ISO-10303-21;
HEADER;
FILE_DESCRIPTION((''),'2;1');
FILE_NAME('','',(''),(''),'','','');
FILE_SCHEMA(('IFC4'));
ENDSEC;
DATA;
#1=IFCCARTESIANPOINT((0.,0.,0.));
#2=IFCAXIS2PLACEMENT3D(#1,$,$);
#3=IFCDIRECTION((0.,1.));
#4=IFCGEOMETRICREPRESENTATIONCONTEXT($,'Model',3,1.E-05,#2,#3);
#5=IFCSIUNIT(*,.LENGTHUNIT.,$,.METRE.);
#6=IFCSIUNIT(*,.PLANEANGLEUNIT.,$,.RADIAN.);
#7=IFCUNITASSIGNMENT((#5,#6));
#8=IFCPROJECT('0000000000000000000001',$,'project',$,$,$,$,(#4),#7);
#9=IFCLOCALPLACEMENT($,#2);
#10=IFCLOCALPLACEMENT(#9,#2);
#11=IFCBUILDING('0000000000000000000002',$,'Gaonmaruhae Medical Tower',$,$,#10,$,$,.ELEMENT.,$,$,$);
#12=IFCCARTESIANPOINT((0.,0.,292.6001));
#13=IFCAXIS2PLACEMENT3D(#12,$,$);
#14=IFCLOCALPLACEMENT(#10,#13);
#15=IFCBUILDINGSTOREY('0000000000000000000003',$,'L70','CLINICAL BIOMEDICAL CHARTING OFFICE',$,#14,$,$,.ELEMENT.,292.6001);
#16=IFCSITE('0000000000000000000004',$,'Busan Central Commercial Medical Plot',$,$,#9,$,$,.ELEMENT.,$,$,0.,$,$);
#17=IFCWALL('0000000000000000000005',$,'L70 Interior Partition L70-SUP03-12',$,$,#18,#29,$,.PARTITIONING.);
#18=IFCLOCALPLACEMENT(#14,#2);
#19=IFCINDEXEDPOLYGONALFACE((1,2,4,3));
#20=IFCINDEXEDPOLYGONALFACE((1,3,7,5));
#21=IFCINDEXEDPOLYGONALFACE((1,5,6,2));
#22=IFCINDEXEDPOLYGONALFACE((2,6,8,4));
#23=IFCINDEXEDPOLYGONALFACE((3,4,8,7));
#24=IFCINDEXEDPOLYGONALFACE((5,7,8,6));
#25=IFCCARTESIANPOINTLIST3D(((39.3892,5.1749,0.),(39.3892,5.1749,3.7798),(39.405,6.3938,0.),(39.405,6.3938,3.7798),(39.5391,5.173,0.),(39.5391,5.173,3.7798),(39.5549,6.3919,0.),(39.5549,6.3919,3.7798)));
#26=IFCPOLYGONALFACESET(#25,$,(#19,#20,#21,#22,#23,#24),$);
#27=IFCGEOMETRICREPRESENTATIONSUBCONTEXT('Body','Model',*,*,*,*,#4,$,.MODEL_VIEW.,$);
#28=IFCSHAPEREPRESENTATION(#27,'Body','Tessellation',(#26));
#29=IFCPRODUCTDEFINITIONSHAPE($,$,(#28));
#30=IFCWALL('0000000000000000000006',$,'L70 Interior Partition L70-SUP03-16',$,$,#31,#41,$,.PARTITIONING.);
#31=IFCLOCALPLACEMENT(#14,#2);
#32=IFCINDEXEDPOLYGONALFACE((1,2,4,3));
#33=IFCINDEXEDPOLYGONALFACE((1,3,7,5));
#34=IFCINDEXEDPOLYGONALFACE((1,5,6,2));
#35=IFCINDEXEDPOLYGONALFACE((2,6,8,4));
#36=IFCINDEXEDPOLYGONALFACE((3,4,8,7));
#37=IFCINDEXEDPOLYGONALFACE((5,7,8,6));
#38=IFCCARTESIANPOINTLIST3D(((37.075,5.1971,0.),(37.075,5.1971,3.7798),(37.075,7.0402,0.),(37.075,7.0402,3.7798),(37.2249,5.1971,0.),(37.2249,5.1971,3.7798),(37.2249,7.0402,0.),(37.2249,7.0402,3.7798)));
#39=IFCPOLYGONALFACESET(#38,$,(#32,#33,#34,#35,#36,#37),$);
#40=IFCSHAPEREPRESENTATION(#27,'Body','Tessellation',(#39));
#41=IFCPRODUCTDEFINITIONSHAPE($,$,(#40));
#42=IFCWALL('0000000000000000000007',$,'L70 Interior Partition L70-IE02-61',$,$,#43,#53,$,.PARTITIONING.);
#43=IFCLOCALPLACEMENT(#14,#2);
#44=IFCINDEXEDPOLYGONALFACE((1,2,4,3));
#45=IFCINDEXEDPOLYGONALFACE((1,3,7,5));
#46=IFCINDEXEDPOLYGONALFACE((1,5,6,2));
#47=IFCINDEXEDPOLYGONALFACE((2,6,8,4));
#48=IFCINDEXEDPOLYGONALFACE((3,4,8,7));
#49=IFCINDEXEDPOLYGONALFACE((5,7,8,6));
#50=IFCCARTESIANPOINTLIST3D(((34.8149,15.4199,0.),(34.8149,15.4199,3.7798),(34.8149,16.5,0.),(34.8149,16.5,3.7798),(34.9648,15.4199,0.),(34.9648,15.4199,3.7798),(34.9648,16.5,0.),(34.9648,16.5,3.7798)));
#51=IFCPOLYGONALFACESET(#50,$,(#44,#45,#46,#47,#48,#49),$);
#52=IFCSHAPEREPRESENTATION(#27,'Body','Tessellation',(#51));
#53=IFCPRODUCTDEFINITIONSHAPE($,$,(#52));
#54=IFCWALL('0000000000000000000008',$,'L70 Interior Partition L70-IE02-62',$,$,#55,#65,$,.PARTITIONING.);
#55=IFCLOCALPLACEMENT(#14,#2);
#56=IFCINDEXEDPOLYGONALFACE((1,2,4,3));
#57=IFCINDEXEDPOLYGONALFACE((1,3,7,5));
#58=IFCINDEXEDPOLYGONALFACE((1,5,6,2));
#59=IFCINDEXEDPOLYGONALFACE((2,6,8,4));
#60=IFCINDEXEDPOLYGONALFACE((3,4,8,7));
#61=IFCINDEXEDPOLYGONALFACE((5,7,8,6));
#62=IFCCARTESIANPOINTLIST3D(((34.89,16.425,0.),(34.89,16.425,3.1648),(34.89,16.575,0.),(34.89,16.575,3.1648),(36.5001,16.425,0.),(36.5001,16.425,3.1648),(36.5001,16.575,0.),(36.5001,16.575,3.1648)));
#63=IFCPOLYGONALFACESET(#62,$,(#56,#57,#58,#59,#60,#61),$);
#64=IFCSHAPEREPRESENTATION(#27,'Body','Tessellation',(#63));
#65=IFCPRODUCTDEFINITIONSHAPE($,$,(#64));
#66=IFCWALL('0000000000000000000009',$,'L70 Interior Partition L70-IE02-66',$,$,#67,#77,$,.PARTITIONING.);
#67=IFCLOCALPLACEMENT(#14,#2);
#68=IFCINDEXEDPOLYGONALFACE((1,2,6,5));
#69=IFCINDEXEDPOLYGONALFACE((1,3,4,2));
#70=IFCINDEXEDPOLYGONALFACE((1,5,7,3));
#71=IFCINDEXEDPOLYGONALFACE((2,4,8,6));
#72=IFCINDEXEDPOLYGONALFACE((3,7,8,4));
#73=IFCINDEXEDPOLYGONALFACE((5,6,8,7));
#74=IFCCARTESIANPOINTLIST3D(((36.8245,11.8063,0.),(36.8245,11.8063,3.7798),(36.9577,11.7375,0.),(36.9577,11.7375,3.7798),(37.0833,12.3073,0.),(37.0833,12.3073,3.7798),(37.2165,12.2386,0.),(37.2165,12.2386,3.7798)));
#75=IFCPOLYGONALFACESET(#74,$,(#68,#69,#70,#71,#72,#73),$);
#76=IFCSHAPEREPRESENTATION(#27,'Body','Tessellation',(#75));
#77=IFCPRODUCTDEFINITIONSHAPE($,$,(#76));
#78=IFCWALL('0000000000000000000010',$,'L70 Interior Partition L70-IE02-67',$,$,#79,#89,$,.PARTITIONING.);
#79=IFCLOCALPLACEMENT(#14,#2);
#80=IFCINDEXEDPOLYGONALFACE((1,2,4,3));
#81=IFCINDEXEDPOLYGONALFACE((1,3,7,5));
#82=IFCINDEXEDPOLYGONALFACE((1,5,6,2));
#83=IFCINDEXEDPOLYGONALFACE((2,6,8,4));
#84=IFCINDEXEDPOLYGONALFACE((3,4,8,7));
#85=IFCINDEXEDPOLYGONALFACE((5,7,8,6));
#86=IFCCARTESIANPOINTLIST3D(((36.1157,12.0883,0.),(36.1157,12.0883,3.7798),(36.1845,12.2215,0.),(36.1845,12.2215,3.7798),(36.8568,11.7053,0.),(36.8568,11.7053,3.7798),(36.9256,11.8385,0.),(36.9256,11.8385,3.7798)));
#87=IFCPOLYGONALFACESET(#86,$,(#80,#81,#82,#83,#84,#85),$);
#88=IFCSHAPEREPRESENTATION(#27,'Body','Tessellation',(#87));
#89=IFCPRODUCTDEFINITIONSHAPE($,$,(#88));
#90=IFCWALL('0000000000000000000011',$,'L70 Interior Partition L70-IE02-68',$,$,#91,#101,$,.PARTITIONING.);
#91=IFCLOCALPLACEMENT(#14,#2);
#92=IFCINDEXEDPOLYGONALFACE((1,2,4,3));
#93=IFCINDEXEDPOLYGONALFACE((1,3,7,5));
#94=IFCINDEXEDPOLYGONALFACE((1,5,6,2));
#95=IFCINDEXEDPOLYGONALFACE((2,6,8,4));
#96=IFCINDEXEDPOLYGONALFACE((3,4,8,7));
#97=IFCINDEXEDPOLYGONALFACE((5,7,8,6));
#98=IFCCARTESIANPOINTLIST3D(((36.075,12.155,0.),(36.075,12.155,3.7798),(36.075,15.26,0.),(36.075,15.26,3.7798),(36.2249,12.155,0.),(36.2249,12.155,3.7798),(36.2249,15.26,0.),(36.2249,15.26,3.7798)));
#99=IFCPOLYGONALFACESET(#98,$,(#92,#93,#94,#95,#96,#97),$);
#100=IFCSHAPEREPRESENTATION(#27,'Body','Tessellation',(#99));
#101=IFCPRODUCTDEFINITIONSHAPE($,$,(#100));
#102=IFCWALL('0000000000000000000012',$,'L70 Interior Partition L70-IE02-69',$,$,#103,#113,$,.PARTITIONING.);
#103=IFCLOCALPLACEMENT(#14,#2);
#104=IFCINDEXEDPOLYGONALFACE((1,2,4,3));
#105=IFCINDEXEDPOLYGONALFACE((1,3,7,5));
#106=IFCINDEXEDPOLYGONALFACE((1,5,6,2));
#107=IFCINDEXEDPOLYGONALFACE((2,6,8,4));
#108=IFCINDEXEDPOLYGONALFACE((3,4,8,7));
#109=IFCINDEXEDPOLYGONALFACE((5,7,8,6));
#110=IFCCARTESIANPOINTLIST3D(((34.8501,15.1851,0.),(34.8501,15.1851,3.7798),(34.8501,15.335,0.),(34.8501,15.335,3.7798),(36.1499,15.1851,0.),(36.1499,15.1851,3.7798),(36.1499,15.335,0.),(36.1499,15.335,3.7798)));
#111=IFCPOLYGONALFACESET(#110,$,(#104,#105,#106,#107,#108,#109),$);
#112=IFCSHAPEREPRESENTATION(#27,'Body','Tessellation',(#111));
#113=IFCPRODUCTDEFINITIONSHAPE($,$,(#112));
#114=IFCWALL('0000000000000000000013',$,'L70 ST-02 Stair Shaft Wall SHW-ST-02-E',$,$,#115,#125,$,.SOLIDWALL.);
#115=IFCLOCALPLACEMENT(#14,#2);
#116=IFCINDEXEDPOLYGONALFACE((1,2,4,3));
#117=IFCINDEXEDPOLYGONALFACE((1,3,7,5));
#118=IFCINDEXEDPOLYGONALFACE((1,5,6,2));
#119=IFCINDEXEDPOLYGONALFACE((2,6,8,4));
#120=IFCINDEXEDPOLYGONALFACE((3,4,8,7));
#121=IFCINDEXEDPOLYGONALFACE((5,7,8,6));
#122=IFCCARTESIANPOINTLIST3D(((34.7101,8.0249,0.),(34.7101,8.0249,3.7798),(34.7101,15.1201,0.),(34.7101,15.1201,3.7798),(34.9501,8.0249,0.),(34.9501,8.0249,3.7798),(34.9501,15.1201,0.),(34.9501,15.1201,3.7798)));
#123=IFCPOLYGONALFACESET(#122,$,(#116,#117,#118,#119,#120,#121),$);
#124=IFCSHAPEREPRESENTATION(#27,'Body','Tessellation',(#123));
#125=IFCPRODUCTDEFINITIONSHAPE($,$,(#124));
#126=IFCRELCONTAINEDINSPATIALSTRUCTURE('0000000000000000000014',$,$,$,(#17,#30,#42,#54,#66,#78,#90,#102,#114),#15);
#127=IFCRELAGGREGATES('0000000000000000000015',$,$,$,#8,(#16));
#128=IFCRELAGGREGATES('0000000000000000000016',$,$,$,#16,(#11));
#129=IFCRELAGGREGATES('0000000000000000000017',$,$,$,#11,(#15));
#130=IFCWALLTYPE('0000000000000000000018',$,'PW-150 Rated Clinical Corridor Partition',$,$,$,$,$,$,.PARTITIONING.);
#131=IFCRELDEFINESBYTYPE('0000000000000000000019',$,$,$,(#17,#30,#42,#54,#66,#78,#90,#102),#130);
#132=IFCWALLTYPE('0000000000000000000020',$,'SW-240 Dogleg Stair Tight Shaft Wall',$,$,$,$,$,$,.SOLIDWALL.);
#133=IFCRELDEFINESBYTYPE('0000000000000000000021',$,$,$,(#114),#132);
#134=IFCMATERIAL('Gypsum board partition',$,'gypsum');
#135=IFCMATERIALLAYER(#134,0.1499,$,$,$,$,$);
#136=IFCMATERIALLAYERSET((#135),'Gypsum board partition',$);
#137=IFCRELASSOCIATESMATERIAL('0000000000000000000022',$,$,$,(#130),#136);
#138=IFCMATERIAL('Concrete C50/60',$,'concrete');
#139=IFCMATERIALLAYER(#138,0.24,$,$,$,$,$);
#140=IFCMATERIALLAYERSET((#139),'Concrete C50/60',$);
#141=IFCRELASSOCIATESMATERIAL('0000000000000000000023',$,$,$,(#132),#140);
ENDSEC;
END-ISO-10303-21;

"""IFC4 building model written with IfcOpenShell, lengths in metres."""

from ifc_helpers import new_model, si_unit, direction, frame, frame_2d, origin, place, context, subcontext, project, spatial, rectangle, extrude, material, layer, layer_set, type_object, element, save


model = new_model("IFC4")

# Units and contexts
model_context = context("Model", 3, precision=1e-05, world=origin(), true_north=direction((0.0, 1.0)))
body_context = subcontext(model_context, "Body", "Model", "MODEL_VIEW")
ifc_project = project(units=[si_unit("LENGTHUNIT", "METRE"), si_unit("PLANEANGLEUNIT", "RADIAN")], contexts=[model_context])

# Site, building, storey
site_placement = place(None, origin())
site = spatial("IfcSite", under=ifc_project, at=site_placement, Name="Busan Central Commercial Medical Plot", CompositionType="ELEMENT", RefElevation=0.0)
building_placement = place(site_placement, origin())
building = spatial("IfcBuilding", under=site, at=building_placement, Name="Gaonmaruhae Medical Tower", CompositionType="ELEMENT")
storey_placement = place(building_placement, frame((0.0, 0.0, 292.6001)))
storey = spatial("IfcBuildingStorey", under=building, at=storey_placement, Name="L70", Description="CLINICAL BIOMEDICAL CHARTING OFFICE", CompositionType="ELEMENT", Elevation=292.6001)

# Shared definitions
ifc_material_1 = material(Name="Concrete C50/60", Category="concrete")

# Shared definitions
ifc_material_2 = material(Name="Gypsum board partition", Category="gypsum")
ifc_layer_1 = layer(ifc_material_2, 0.1499)
ifc_layer_set_1 = layer_set([ifc_layer_1], Name="Gypsum board partition")
wall_type_1 = type_object("IfcWallType", Name="PW-150 Rated Clinical Corridor Partition", PredefinedType="PARTITIONING", material=ifc_layer_set_1)

# Walls
wall_1_placement = place(storey_placement, frame((39.4641, 5.1741, 0.0), z_axis=(0.0, 0.0, 1.0), x_axis=(0.013017, 0.999915, 0.0)))
element("IfcWall", 1, at=wall_1_placement, inside=storey, type_object=wall_type_1, Name="L70 Interior Partition L70-SUP03-12", PredefinedType="PARTITIONING", context=body_context, shape_type="SweptSolid", body=[
    extrude(rectangle(XDim=1.219, YDim=0.1499, at=frame_2d((0.6094, 0.0))), origin(), (0.0, 0.0, 1.0), 3.7798),
])
wall_2_placement = place(storey_placement, frame((37.1499, 7.04, 0.0), z_axis=(0.0, 0.0, 1.0), x_axis=(0.0, -1.0, 0.0)))
element("IfcWall", 2, at=wall_2_placement, inside=storey, type_object=wall_type_1, Name="L70 Interior Partition L70-SUP03-16", PredefinedType="PARTITIONING", context=body_context, shape_type="SweptSolid", body=[
    extrude(rectangle(XDim=1.843, YDim=0.1499, at=frame_2d((0.9214, 0.0))), origin(), (0.0, 0.0, 1.0), 3.7798),
])

# Walls
wall_3_placement = place(storey_placement, frame((34.8899, 15.4199, 0.0), z_axis=(0.0, 0.0, 1.0), x_axis=(0.0, 1.0, 0.0)))
element("IfcWall", 3, at=wall_3_placement, inside=storey, type_object=wall_type_1, Name="L70 Interior Partition L70-IE02-61", PredefinedType="PARTITIONING", context=body_context, shape_type="SweptSolid", body=[
    extrude(rectangle(XDim=1.0801, YDim=0.1499, at=frame_2d((0.54, 0.0))), origin(), (0.0, 0.0, 1.0), 3.7798),
])
wall_4_placement = place(storey_placement, frame((34.8899, 16.5, 0.0), z_axis=(0.0, 0.0, 1.0), x_axis=(1.0, 0.0, 0.0)))
element("IfcWall", 4, at=wall_4_placement, inside=storey, type_object=wall_type_1, Name="L70 Interior Partition L70-IE02-62", PredefinedType="PARTITIONING", context=body_context, shape_type="SweptSolid", body=[
    extrude(rectangle(XDim=1.6101, YDim=0.1499, at=frame_2d((0.8052, 0.0))), origin(), (0.0, 0.0, 1.0), 3.1648),
])
wall_5_placement = place(storey_placement, frame((37.1499, 12.2729, 0.0), z_axis=(0.0, 0.0, 1.0), x_axis=(-0.458952, -0.888461, 0.0)))
element("IfcWall", 5, at=wall_5_placement, inside=storey, type_object=wall_type_1, Name="L70 Interior Partition L70-IE02-66", PredefinedType="PARTITIONING", context=body_context, shape_type="SweptSolid", body=[
    extrude(rectangle(XDim=0.564, YDim=0.1499, at=frame_2d((0.282, 0.0))), origin(), (0.0, 0.0, 1.0), 3.7798),
])
wall_6_placement = place(storey_placement, frame((36.8911, 11.772, 0.0), z_axis=(0.0, 0.0, 1.0), x_axis=(-0.888378, 0.459112, 0.0)))
element("IfcWall", 6, at=wall_6_placement, inside=storey, type_object=wall_type_1, Name="L70 Interior Partition L70-IE02-67", PredefinedType="PARTITIONING", context=body_context, shape_type="SweptSolid", body=[
    extrude(rectangle(XDim=0.8342, YDim=0.1499, at=frame_2d((0.417, 0.0))), origin(), (0.0, 0.0, 1.0), 3.7798),
])
wall_7_placement = place(storey_placement, frame((36.1499, 12.155, 0.0), z_axis=(0.0, 0.0, 1.0), x_axis=(0.0, 1.0, 0.0)))
element("IfcWall", 7, at=wall_7_placement, inside=storey, type_object=wall_type_1, Name="L70 Interior Partition L70-IE02-68", PredefinedType="PARTITIONING", context=body_context, shape_type="SweptSolid", body=[
    extrude(rectangle(XDim=3.105, YDim=0.1499, at=frame_2d((1.5525, 0.0))), origin(), (0.0, 0.0, 1.0), 3.7798),
])
wall_8_placement = place(storey_placement, frame((36.1499, 15.26, 0.0), z_axis=(0.0, 0.0, 1.0), x_axis=(-1.0, 0.0, 0.0)))
element("IfcWall", 8, at=wall_8_placement, inside=storey, type_object=wall_type_1, Name="L70 Interior Partition L70-IE02-69", PredefinedType="PARTITIONING", context=body_context, shape_type="SweptSolid", body=[
    extrude(rectangle(XDim=1.2998, YDim=0.1499, at=frame_2d((0.6499, 0.0))), origin(), (0.0, 0.0, 1.0), 3.7798),
])
ifc_layer_2 = layer(ifc_material_1, 0.24)
ifc_layer_set_2 = layer_set([ifc_layer_2], Name="Concrete C50/60")
wall_type_2 = type_object("IfcWallType", Name="SW-240 Dogleg Stair Tight Shaft Wall", PredefinedType="SOLIDWALL", material=ifc_layer_set_2)
wall_9_placement = place(storey_placement, frame((34.8301, 15.1201, 0.0), z_axis=(0.0, 0.0, 1.0), x_axis=(0.0, -1.0, 0.0)))
element("IfcWall", 9, at=wall_9_placement, inside=storey, type_object=wall_type_2, Name="L70 ST-02 Stair Shaft Wall SHW-ST-02-E", PredefinedType="SOLIDWALL", context=body_context, shape_type="SweptSolid", body=[
    extrude(rectangle(XDim=7.0952, YDim=0.24, at=frame_2d((3.5476, 0.0))), origin(), (0.0, 0.0, 1.0), 3.7798),
])

save(model, "model.ifc")
